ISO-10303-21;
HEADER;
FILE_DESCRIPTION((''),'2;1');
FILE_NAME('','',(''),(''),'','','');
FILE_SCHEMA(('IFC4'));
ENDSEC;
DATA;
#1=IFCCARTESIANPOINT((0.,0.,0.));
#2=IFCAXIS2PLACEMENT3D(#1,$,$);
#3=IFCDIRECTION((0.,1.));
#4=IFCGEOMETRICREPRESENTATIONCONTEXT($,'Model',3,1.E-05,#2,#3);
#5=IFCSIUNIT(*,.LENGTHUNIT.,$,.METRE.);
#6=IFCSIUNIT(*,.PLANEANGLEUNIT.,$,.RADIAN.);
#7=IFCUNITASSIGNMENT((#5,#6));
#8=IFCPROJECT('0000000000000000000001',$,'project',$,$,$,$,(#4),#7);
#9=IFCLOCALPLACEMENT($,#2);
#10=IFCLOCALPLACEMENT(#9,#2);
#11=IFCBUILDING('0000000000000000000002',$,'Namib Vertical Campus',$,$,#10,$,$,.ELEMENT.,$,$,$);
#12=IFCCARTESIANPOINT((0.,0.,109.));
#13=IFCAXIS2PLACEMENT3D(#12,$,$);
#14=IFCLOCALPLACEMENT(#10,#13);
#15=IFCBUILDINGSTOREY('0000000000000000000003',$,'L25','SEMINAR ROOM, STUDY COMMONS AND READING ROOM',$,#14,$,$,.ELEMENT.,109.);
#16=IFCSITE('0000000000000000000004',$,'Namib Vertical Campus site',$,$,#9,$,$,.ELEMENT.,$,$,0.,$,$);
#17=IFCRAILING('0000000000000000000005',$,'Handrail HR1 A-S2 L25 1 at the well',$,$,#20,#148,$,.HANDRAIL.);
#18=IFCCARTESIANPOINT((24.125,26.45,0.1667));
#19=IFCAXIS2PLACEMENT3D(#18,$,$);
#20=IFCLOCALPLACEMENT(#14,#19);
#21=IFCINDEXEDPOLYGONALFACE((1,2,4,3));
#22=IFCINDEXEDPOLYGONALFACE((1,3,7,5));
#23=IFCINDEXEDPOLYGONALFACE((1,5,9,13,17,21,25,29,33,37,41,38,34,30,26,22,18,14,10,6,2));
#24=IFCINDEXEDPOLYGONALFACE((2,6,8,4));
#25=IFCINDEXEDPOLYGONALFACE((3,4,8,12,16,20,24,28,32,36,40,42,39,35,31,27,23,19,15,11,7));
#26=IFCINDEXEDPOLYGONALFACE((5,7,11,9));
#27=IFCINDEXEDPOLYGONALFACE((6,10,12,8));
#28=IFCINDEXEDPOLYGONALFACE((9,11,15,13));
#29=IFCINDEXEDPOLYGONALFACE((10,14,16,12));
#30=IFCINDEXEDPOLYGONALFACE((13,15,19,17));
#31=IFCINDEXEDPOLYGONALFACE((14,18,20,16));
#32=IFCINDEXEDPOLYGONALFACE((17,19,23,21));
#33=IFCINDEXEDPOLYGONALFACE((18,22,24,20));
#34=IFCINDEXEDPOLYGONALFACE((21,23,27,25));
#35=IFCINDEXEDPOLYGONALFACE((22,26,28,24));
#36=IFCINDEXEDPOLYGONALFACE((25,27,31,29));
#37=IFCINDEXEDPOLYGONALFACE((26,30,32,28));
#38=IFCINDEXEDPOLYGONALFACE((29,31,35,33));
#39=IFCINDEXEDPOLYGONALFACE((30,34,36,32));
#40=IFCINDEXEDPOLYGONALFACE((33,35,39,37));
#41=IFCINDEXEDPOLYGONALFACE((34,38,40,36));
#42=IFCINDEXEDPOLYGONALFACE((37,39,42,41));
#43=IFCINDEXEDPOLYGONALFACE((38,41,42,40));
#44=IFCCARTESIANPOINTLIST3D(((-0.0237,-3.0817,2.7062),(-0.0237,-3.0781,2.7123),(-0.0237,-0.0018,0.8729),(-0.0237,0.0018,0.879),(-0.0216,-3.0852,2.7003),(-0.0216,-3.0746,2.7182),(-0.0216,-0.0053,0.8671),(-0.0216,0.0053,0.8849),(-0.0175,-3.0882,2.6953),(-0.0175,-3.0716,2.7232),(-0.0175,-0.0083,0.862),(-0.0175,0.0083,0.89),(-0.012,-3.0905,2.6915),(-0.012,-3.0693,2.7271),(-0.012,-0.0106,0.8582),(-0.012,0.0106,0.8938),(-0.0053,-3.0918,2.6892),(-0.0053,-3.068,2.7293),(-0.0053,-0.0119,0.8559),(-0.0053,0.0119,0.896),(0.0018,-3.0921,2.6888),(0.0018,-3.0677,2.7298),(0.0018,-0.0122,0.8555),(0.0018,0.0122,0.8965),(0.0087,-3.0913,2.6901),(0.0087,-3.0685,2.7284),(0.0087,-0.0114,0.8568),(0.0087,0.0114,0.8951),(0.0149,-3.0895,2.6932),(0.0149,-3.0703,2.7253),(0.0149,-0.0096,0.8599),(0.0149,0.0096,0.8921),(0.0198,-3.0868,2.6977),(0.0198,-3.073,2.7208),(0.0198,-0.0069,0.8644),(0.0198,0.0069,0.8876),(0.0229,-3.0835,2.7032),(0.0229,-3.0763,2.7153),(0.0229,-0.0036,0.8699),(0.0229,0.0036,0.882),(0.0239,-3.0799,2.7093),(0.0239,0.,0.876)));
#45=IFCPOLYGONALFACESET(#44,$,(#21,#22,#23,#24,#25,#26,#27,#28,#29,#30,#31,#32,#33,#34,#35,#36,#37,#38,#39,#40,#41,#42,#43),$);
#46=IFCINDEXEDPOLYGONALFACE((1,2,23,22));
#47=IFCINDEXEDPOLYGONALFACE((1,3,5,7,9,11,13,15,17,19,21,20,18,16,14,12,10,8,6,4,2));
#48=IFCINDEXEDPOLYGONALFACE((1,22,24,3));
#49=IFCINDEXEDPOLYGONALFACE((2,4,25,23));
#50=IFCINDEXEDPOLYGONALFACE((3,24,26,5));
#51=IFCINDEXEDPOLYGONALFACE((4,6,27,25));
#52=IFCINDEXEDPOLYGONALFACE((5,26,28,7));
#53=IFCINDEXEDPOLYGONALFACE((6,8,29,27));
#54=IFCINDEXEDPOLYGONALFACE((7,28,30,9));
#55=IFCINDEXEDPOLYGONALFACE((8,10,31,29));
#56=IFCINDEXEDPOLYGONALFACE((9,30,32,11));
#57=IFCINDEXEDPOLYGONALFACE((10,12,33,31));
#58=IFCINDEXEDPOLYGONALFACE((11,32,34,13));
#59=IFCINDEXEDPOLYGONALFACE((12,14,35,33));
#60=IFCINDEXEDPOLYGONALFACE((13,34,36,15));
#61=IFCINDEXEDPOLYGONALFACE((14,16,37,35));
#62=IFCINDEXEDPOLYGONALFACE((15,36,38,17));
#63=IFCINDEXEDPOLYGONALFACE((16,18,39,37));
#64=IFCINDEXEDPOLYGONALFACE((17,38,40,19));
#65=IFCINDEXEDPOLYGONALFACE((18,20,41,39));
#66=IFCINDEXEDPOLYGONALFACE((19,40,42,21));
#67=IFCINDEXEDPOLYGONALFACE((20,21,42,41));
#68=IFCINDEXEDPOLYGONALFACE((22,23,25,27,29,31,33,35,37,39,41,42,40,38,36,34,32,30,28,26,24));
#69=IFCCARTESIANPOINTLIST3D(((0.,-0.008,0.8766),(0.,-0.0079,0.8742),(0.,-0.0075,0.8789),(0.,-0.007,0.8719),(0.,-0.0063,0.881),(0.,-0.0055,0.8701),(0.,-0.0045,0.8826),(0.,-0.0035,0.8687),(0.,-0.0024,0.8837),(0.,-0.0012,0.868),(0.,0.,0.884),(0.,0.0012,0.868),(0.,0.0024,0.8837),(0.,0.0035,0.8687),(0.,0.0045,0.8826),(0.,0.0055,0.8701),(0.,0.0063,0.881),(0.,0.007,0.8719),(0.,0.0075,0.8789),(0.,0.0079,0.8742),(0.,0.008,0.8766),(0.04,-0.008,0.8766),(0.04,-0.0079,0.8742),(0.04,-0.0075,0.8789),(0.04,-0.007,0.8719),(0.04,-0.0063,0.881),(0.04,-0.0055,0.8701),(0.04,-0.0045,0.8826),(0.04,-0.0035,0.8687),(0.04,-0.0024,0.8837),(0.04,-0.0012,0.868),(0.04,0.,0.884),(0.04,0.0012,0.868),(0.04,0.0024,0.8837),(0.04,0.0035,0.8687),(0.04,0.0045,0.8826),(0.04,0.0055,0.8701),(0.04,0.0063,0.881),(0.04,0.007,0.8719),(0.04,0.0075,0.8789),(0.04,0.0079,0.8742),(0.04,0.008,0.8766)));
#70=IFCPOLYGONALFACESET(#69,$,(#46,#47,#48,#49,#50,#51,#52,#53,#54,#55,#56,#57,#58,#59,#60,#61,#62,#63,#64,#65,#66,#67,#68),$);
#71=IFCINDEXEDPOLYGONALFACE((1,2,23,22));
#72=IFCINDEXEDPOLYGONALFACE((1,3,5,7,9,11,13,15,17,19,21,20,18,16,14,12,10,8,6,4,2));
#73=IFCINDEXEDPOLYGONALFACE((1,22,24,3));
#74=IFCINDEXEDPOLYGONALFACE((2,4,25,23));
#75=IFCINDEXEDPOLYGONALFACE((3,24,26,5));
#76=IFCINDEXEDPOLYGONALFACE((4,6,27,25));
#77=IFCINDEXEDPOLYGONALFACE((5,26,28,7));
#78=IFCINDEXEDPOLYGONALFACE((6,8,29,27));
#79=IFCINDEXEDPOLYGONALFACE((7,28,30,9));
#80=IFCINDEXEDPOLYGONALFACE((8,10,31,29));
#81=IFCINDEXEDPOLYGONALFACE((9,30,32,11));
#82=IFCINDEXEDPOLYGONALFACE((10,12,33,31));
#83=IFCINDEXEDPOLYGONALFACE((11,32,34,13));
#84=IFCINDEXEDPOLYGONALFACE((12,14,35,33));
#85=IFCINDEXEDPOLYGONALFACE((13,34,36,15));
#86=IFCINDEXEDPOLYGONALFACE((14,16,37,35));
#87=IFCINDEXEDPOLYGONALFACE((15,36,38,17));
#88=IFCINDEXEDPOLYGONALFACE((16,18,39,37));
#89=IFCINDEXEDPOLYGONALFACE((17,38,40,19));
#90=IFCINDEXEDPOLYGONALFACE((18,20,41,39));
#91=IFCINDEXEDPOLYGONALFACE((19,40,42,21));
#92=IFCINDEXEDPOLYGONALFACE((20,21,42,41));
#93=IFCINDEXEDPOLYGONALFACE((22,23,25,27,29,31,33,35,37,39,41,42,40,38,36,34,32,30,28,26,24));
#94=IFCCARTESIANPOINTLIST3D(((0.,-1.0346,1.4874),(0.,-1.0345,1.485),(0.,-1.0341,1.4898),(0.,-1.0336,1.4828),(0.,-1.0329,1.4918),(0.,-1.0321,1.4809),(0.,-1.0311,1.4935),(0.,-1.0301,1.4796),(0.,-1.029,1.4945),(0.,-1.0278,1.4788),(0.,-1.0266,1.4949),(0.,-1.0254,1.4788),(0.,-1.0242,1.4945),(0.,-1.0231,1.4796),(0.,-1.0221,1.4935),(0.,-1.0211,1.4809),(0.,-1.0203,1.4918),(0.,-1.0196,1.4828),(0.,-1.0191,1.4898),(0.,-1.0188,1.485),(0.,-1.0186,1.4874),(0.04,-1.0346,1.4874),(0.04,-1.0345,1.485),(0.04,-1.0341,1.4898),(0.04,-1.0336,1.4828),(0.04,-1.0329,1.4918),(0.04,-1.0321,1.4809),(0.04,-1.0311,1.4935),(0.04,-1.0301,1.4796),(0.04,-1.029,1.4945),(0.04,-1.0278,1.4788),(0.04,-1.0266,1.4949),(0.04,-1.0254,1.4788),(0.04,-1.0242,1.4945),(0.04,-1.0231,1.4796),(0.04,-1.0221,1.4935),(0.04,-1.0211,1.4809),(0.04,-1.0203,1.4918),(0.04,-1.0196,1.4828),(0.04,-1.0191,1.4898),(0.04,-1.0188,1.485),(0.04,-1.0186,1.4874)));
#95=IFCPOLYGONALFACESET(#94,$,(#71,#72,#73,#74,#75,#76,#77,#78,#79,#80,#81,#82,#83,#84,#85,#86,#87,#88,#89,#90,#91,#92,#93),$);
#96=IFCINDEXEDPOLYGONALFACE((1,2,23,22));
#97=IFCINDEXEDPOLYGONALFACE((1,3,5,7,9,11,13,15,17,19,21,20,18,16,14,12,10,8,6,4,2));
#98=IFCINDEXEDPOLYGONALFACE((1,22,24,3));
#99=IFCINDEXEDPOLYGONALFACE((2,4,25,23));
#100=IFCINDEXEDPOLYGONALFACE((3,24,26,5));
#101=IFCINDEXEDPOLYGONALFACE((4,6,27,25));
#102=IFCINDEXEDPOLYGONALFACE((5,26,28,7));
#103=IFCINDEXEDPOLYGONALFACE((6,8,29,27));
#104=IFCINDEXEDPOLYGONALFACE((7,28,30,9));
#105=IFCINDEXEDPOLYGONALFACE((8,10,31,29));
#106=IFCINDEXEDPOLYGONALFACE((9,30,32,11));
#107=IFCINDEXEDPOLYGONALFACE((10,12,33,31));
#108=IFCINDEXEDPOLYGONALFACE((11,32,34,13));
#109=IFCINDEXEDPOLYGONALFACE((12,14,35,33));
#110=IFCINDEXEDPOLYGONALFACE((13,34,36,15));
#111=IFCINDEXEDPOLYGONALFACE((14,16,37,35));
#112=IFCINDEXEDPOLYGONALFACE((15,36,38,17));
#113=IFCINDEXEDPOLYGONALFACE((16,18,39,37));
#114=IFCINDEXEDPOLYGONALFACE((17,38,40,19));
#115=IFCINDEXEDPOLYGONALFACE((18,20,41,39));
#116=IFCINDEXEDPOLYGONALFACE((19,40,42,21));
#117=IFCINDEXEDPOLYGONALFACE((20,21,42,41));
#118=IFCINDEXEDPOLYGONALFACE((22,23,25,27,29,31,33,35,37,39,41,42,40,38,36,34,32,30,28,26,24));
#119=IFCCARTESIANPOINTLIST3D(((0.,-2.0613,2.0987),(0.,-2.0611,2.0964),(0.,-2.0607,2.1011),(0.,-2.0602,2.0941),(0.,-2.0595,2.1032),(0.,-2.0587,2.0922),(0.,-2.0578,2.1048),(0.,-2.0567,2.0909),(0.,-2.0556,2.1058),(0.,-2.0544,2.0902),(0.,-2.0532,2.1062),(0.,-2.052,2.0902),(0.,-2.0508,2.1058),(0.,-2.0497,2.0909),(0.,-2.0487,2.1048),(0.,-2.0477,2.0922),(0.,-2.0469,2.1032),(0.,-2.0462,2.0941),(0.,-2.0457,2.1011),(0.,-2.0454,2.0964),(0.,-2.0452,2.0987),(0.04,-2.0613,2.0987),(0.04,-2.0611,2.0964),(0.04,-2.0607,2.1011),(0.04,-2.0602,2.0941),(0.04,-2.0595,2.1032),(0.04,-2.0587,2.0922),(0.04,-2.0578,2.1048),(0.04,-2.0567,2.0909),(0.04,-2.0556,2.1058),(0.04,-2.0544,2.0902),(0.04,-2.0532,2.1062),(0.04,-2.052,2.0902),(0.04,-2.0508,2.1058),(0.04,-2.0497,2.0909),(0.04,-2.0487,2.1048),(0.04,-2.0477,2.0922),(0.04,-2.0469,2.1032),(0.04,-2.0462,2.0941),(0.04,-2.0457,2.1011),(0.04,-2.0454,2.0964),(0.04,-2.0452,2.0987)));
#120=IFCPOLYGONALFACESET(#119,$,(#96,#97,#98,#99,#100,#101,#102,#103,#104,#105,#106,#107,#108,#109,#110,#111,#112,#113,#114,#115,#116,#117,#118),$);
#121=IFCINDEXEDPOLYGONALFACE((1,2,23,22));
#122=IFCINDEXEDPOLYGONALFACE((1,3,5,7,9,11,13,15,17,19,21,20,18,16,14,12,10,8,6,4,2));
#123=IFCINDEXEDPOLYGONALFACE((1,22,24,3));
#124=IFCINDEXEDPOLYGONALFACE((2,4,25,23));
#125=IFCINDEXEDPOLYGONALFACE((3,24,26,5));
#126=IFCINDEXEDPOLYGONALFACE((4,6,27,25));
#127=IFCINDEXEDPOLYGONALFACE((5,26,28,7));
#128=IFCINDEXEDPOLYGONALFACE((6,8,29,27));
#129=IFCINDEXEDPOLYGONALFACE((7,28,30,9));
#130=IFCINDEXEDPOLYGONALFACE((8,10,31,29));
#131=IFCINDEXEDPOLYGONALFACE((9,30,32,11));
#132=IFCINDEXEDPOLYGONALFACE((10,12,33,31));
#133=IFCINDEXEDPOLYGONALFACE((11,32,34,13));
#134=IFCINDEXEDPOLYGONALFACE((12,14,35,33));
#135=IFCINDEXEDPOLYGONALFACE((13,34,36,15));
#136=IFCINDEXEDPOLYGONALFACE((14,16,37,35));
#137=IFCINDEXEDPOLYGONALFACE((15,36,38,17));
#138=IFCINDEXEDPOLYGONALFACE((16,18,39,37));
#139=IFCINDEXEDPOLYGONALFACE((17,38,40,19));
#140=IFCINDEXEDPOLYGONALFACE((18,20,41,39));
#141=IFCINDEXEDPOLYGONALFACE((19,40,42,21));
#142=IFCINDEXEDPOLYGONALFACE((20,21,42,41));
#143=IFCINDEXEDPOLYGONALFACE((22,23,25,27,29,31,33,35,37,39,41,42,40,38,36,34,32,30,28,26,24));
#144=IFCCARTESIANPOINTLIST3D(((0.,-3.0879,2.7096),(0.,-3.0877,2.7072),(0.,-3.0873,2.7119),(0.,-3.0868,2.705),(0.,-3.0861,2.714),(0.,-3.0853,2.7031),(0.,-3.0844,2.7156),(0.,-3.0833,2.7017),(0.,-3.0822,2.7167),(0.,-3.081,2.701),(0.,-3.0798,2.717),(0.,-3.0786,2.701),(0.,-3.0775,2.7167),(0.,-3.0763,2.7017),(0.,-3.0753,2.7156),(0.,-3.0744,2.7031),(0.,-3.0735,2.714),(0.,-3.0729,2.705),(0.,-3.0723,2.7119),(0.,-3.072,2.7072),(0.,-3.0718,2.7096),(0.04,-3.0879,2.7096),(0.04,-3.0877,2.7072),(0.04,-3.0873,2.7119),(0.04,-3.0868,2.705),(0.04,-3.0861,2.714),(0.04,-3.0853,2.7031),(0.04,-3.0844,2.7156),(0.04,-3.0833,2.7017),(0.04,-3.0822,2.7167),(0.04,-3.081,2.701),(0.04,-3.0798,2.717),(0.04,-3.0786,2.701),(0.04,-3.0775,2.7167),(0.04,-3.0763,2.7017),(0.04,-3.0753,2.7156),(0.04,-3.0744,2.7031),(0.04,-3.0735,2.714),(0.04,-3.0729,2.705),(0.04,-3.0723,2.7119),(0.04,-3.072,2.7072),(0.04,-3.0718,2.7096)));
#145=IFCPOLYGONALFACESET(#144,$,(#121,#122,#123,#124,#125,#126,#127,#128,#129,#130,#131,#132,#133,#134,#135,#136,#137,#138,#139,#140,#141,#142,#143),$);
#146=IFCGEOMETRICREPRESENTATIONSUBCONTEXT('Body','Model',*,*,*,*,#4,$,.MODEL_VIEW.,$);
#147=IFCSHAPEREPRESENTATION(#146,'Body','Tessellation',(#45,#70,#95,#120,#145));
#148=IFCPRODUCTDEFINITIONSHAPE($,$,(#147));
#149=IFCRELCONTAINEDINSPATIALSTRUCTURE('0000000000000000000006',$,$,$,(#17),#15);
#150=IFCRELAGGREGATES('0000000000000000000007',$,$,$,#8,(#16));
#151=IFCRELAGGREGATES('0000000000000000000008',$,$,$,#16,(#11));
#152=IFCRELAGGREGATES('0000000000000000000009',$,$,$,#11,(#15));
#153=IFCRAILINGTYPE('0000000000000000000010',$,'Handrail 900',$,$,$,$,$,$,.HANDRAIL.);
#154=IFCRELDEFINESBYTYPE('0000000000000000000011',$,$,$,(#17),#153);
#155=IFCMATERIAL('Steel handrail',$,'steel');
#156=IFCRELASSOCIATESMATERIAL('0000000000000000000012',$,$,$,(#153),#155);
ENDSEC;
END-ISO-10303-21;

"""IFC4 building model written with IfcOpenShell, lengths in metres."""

from ifc_helpers import new_model, si_unit, direction, frame, origin, origin_2d, place, context, subcontext, project, spatial, circle, extrude, material, type_object, element, save


model = new_model("IFC4")

# Units and contexts
model_context = context("Model", 3, precision=1e-05, world=origin(), true_north=direction((0.0, 1.0)))
body_context = subcontext(model_context, "Body", "Model", "MODEL_VIEW")
ifc_project = project(units=[si_unit("LENGTHUNIT", "METRE"), si_unit("PLANEANGLEUNIT", "RADIAN")], contexts=[model_context])

# Site, building, storey
site_placement = place(None, origin())
site = spatial("IfcSite", under=ifc_project, at=site_placement, Name="Namib Vertical Campus site", CompositionType="ELEMENT", RefElevation=0.0)
building_placement = place(site_placement, origin())
building = spatial("IfcBuilding", under=site, at=building_placement, Name="Namib Vertical Campus", CompositionType="ELEMENT")
storey_placement = place(building_placement, frame((0.0, 0.0, 109.0)))
storey = spatial("IfcBuildingStorey", under=building, at=storey_placement, Name="L25", Description="SEMINAR ROOM, STUDY COMMONS AND READING ROOM", CompositionType="ELEMENT", Elevation=109.0)

# Railing
ifc_material_1 = material(Name="Steel handrail", Category="steel")
railing_type_1 = type_object("IfcRailingType", Name="Handrail 900", PredefinedType="HANDRAIL", material=ifc_material_1)
railing_1_placement = place(storey_placement, frame((24.125, 26.45, 0.1667)))
element("IfcRailing", 1, at=railing_1_placement, inside=storey, type_object=railing_type_1, Name="Handrail HR1 A-S2 L25 1 at the well", PredefinedType="HANDRAIL", context=body_context, shape_type="SweptSolid", body=[
    extrude(circle(Radius=0.0239, at=origin_2d()), frame((0.0, 0.0, 0.876), z_axis=(0.0, -0.859291, 0.511487), x_axis=(1.0, 0.0, 0.0)), (0.0, 0.0, 1.0), 3.5842),
    extrude(circle(Radius=0.0081, at=origin_2d()), frame((0.0, 0.0, 0.876), z_axis=(1.0, 0.0, 0.0), x_axis=(0.0, 0.0, 1.0)), (0.0, 0.0, 1.0), 0.04),
    extrude(circle(Radius=0.0081, at=origin_2d()), frame((0.0, -1.0266, 1.4868), z_axis=(1.0, 0.0, 0.0), x_axis=(0.0, 0.0, 1.0)), (0.0, 0.0, 1.0), 0.04),
    extrude(circle(Radius=0.0081, at=origin_2d()), frame((0.0, -2.0532, 2.0981), z_axis=(1.0, 0.0, 0.0), x_axis=(0.0, 0.0, 1.0)), (0.0, 0.0, 1.0), 0.04),
    extrude(circle(Radius=0.0081, at=origin_2d()), frame((0.0, -3.0798, 2.709), z_axis=(1.0, 0.0, 0.0), x_axis=(0.0, 0.0, 1.0)), (0.0, 0.0, 1.0), 0.04),
])

save(model, "model.ifc")
